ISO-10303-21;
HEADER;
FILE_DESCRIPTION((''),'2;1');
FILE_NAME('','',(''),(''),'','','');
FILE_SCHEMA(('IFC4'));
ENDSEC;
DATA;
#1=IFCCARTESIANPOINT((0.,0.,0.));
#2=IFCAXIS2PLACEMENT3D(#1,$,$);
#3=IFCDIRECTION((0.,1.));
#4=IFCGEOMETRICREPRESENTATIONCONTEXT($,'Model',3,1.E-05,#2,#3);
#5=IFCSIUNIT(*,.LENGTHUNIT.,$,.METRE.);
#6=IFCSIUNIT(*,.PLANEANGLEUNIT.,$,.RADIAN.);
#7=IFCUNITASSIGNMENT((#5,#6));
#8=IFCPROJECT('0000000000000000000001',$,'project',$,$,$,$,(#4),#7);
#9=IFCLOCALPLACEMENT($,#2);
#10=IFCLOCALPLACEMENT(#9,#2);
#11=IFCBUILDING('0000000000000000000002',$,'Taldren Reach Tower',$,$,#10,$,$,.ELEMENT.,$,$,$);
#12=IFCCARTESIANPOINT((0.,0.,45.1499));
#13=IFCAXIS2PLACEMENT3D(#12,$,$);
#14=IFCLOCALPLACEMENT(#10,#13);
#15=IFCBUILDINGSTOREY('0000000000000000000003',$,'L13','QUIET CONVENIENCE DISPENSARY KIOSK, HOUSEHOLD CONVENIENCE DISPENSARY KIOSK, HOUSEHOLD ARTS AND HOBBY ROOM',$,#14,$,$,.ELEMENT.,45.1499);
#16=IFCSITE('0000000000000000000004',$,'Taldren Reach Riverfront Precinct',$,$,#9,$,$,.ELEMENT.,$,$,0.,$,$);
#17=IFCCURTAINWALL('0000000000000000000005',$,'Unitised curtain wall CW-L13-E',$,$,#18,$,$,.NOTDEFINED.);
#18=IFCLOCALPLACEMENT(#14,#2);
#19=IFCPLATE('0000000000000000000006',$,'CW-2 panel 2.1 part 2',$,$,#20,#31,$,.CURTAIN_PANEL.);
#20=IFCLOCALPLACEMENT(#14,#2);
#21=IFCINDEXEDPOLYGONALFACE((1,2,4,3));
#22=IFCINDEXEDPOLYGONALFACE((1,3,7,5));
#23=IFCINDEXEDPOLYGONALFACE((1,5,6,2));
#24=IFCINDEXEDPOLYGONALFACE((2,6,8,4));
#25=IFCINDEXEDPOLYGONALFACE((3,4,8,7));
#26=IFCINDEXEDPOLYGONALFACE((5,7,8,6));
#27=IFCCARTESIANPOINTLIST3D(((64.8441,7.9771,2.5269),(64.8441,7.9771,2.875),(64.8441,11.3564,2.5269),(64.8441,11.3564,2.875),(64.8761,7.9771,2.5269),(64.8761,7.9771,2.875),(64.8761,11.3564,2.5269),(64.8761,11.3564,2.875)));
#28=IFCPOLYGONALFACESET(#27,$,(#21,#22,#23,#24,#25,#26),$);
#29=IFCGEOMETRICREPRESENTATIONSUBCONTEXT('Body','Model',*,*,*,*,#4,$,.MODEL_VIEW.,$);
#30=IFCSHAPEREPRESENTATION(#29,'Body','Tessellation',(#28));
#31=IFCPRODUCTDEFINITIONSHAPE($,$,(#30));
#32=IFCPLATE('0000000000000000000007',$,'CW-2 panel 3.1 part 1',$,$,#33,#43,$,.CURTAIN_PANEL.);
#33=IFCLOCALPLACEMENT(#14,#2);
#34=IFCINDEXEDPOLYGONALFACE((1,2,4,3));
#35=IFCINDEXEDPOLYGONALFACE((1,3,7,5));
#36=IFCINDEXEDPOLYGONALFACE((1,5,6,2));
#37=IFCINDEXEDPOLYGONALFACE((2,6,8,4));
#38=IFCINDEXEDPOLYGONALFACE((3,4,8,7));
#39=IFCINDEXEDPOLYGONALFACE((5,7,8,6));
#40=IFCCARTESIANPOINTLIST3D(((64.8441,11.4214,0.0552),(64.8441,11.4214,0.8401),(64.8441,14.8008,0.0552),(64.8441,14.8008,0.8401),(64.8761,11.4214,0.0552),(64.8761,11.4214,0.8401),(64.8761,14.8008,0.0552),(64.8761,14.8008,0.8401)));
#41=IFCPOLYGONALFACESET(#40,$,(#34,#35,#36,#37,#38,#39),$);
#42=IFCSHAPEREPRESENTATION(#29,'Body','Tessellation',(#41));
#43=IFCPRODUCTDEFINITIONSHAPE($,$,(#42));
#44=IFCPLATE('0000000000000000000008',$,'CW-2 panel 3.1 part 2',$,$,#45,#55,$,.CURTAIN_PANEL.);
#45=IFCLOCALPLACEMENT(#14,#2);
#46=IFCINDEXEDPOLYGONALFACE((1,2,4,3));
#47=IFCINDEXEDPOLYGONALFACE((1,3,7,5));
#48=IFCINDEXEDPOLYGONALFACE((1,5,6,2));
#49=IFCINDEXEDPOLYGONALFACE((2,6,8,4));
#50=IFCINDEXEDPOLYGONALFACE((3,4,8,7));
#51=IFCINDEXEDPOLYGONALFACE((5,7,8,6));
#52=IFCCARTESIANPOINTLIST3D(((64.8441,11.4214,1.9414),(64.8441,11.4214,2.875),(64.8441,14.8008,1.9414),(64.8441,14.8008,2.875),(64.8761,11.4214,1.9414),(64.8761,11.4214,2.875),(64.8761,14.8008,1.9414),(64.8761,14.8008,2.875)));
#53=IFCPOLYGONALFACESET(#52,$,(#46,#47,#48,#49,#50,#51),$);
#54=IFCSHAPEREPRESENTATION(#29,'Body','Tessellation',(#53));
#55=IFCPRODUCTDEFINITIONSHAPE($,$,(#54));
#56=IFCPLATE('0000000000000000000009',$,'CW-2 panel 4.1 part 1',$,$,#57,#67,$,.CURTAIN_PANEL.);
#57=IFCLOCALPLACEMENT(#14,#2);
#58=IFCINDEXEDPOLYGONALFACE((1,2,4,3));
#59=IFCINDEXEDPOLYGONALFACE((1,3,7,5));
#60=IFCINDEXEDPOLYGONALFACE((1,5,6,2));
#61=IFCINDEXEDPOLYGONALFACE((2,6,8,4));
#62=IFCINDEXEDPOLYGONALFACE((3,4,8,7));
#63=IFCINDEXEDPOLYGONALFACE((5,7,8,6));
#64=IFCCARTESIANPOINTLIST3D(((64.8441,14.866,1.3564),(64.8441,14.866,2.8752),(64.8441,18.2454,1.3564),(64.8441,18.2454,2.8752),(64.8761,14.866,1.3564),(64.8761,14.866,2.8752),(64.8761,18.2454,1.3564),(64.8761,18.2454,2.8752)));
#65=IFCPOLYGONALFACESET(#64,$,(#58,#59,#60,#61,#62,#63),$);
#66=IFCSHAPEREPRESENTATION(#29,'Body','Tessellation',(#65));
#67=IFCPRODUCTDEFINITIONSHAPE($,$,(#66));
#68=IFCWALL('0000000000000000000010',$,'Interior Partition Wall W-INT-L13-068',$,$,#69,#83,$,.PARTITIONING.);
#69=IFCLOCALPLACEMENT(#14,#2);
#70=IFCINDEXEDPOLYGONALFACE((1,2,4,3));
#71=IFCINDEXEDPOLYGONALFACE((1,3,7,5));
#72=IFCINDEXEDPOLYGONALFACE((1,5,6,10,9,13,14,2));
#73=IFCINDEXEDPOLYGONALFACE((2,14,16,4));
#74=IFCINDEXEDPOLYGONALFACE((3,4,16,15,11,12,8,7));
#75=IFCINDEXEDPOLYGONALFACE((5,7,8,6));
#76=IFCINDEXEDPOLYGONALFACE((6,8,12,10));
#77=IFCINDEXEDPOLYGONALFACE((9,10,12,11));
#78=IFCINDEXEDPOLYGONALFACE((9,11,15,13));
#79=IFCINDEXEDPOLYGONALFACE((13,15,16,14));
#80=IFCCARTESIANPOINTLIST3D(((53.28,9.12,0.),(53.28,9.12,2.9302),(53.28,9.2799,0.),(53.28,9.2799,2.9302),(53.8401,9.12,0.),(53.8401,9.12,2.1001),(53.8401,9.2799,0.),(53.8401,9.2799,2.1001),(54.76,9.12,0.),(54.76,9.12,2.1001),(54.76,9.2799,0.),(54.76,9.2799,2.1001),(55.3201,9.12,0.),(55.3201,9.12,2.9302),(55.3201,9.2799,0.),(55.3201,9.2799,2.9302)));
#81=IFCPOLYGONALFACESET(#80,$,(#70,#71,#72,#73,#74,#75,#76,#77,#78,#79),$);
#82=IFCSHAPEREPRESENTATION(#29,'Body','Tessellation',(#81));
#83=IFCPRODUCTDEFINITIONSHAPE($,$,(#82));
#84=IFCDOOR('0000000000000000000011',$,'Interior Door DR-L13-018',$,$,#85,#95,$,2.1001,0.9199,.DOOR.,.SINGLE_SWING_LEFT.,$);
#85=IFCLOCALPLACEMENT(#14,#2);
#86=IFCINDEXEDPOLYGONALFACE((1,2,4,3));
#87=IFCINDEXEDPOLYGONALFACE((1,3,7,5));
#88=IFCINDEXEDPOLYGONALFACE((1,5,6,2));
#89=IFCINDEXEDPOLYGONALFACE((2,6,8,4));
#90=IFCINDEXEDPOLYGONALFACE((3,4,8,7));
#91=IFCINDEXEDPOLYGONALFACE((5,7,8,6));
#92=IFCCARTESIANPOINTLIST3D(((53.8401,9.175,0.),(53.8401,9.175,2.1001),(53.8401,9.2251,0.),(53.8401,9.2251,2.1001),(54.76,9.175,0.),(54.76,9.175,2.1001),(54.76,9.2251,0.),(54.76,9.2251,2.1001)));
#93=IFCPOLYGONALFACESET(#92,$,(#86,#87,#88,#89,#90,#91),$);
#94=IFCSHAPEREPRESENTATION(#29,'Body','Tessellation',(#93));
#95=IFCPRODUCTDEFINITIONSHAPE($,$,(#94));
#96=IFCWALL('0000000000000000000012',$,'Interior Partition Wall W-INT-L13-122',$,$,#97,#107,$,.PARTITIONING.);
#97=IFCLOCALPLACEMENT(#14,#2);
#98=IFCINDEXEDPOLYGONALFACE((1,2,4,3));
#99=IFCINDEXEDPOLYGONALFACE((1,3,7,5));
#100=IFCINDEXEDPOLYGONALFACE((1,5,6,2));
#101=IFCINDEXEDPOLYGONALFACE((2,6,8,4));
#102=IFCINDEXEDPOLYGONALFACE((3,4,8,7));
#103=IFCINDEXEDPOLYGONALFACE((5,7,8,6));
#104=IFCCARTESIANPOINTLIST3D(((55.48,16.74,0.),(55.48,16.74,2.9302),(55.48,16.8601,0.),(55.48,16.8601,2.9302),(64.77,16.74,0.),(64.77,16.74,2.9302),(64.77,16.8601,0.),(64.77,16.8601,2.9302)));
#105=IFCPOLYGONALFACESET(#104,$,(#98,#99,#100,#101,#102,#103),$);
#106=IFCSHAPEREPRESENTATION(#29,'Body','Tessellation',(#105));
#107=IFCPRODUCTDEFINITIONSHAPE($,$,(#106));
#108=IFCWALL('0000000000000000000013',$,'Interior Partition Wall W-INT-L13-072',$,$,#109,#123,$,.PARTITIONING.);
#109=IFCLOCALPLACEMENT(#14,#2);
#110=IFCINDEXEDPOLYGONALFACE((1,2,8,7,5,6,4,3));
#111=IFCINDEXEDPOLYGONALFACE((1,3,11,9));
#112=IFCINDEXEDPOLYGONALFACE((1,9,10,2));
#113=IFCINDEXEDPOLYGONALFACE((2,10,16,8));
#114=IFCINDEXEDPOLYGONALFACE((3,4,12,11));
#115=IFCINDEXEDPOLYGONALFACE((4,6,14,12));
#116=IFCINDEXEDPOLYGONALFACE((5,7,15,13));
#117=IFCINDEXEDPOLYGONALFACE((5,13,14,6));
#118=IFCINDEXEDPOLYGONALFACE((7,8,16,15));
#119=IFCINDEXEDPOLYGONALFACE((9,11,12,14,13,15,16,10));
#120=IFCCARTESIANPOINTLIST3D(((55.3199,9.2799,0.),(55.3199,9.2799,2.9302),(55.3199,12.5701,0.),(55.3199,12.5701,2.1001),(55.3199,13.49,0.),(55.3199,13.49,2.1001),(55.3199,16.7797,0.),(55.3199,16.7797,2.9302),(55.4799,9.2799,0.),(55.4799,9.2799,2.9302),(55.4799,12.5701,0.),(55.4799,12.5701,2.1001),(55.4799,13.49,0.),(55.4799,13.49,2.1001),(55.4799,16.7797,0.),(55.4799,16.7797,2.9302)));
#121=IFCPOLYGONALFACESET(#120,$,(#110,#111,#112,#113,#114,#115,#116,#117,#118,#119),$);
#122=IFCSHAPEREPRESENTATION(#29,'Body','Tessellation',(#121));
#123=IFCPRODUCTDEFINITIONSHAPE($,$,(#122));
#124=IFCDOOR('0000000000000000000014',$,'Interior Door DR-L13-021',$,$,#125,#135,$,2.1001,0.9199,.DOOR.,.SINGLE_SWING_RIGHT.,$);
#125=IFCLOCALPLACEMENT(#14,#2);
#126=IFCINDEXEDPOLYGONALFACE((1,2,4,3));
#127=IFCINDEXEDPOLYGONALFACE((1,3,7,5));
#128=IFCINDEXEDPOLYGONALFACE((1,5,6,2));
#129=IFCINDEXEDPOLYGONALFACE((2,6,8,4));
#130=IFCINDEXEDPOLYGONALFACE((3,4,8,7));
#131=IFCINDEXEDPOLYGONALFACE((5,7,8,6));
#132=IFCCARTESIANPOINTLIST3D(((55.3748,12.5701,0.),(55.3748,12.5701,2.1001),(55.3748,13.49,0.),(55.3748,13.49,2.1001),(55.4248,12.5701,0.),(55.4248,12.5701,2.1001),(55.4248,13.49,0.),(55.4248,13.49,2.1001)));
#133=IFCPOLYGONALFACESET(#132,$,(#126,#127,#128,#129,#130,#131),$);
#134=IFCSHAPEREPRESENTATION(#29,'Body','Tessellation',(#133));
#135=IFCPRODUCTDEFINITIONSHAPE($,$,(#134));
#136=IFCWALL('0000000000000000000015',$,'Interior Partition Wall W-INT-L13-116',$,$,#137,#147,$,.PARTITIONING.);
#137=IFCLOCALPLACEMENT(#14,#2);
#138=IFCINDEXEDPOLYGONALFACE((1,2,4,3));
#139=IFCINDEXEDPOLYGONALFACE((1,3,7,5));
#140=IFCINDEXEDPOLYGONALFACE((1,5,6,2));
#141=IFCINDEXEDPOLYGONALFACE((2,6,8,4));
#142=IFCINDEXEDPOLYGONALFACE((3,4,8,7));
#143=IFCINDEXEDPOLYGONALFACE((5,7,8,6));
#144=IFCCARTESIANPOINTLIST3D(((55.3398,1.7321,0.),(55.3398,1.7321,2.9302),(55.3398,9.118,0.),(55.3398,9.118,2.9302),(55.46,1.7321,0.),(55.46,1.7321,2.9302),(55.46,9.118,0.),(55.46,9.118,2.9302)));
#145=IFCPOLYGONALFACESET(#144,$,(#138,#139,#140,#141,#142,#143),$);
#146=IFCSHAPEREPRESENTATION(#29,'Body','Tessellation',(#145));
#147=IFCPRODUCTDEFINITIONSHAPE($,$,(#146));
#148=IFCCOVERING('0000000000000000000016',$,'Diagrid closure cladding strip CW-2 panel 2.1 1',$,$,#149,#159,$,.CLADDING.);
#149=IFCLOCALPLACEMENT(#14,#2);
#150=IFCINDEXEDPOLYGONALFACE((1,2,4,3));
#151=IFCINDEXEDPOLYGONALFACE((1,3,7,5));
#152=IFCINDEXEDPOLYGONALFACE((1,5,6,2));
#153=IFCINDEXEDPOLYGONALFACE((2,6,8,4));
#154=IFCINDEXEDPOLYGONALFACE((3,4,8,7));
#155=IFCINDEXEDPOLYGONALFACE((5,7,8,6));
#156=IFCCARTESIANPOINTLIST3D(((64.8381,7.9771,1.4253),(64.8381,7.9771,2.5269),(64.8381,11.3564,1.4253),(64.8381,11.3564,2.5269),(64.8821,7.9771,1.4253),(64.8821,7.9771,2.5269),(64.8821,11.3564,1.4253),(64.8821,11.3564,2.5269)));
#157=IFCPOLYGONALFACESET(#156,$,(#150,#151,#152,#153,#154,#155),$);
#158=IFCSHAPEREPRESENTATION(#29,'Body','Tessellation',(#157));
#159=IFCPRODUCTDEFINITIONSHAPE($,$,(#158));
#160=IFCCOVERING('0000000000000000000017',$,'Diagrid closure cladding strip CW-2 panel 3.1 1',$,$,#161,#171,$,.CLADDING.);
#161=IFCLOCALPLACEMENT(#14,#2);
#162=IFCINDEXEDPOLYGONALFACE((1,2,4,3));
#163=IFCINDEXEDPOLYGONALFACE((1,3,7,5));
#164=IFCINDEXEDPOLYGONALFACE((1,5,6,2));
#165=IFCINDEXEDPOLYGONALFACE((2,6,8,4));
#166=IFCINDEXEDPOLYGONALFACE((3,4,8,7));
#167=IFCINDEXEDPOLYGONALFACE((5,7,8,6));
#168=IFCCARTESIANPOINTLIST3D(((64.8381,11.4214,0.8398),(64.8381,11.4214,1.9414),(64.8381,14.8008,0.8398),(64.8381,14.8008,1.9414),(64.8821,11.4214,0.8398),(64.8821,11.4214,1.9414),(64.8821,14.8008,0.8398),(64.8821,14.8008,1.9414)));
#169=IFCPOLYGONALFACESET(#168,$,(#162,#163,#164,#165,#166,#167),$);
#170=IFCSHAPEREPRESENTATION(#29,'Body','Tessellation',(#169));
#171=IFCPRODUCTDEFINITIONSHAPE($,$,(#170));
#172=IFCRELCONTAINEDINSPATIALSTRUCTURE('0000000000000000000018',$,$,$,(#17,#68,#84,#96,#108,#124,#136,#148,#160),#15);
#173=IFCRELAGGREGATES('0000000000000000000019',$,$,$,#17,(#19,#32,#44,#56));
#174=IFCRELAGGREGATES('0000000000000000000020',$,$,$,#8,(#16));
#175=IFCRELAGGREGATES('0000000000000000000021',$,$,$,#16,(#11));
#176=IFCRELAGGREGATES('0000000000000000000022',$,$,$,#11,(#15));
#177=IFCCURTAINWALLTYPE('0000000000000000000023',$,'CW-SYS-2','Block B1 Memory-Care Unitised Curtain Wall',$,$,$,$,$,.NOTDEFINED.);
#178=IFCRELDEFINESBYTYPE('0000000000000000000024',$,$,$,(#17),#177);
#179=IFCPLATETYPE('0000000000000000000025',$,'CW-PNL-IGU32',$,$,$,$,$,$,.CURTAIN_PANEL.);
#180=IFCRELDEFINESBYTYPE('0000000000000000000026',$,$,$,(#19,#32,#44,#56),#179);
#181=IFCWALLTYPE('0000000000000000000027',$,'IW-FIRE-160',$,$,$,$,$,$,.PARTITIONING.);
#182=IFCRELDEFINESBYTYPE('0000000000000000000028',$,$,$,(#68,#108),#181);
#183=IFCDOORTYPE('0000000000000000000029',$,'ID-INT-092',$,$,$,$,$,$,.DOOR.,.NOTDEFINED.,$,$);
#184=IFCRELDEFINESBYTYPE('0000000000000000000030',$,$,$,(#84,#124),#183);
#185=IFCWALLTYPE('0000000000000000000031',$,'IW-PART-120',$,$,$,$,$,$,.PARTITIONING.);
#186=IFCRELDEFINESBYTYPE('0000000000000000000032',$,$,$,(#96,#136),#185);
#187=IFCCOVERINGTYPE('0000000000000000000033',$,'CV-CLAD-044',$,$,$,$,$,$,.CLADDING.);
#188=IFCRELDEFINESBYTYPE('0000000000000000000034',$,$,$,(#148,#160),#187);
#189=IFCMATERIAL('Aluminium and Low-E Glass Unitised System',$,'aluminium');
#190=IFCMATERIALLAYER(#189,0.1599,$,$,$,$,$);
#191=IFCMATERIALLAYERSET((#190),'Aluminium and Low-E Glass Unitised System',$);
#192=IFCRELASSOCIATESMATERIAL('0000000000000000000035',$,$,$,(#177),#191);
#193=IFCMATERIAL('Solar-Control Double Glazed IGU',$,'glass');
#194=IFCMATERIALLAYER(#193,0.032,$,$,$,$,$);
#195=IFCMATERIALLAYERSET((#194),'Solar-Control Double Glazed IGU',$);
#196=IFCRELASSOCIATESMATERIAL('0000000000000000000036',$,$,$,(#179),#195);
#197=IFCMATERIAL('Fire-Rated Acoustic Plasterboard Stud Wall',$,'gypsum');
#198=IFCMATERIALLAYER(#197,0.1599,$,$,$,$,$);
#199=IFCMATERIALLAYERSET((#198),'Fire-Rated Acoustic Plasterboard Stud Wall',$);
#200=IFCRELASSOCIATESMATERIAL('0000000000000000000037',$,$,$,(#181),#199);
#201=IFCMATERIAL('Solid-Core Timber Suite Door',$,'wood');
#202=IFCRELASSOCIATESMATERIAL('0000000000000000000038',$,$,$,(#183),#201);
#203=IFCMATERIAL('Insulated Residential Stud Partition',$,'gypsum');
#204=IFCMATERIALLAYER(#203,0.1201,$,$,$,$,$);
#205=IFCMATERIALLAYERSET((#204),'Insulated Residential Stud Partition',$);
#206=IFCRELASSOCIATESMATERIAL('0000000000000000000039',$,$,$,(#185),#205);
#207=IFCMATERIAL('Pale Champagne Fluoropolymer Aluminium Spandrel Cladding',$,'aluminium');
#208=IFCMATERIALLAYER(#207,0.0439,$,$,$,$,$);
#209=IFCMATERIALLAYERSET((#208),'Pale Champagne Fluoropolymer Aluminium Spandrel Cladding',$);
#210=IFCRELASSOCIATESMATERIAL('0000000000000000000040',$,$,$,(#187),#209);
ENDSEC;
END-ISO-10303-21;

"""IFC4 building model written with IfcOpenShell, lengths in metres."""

from ifc_helpers import new_model, si_unit, direction, frame, frame_2d, origin, origin_2d, place, context, subcontext, project, spatial, rectangle, extrude, source, transform, mapped, material, layer, layer_set, type_object, element, fill, aggregate, save


model = new_model("IFC4")

# Units and contexts
model_context = context("Model", 3, precision=1e-05, world=origin(), true_north=direction((0.0, 1.0)))
body_context = subcontext(model_context, "Body", "Model", "MODEL_VIEW")
ifc_project = project(units=[si_unit("LENGTHUNIT", "METRE"), si_unit("PLANEANGLEUNIT", "RADIAN")], contexts=[model_context])

# Site, building, storey
site_placement = place(None, origin())
site = spatial("IfcSite", under=ifc_project, at=site_placement, Name="Taldren Reach Riverfront Precinct", CompositionType="ELEMENT", RefElevation=0.0)
building_placement = place(site_placement, origin())
building = spatial("IfcBuilding", under=site, at=building_placement, Name="Taldren Reach Tower", CompositionType="ELEMENT")
storey_placement = place(building_placement, frame((0.0, 0.0, 45.1499)))
storey = spatial("IfcBuildingStorey", under=building, at=storey_placement, Name="L13", Description="QUIET CONVENIENCE DISPENSARY KIOSK, HOUSEHOLD CONVENIENCE DISPENSARY KIOSK, HOUSEHOLD ARTS AND HOBBY ROOM", CompositionType="ELEMENT", Elevation=45.1499)

# Curtain wall, plates
ifc_material_1 = material(Name="Aluminium and Low-E Glass Unitised System", Category="aluminium")
ifc_layer_1 = layer(ifc_material_1, 0.1599)
ifc_layer_set_1 = layer_set([ifc_layer_1], Name="Aluminium and Low-E Glass Unitised System")
curtain_wall_type = type_object("IfcCurtainWallType", Name="CW-SYS-2", Description="Block B1 Memory-Care Unitised Curtain Wall", PredefinedType="NOTDEFINED", material=ifc_layer_set_1)
curtain_wall_placement = place(storey_placement, origin())
curtain_wall = element("IfcCurtainWall", 1, at=curtain_wall_placement, inside=storey, type_object=curtain_wall_type, Name="Unitised curtain wall CW-L13-E", PredefinedType="NOTDEFINED")
ifc_material_2 = material(Name="Solar-Control Double Glazed IGU", Category="glass")
ifc_layer_2 = layer(ifc_material_2, 0.032)
ifc_layer_set_2 = layer_set([ifc_layer_2], Name="Solar-Control Double Glazed IGU")
plate_type = type_object("IfcPlateType", Name="CW-PNL-IGU32", PredefinedType="CURTAIN_PANEL", material=ifc_layer_set_2)
shared_shape_1 = source(origin(), body_context, "Body", "SweptSolid", [
    extrude(rectangle(XDim=3.3794, YDim=0.032, at=origin_2d()), origin(), (0.0, 0.0, 1.0), 0.3481),
])
plate_1_placement = place(storey_placement, frame((64.8601, 9.6667, 2.5269), z_axis=(0.0, 0.0, 1.0), x_axis=(0.0, 1.0, 0.0)))
plate_1 = element("IfcPlate", 2, at=plate_1_placement, type_object=plate_type, Name="CW-2 panel 2.1 part 2", PredefinedType="CURTAIN_PANEL", context=body_context, shape_type="MappedRepresentation", body=[
    mapped(shared_shape_1, transform((0.0, 0.0, 0.0), scale=1.0)),
])
shared_shape_2 = source(origin(), body_context, "Body", "SweptSolid", [
    extrude(rectangle(XDim=3.3794, YDim=0.032, at=origin_2d()), origin(), (0.0, 0.0, 1.0), 0.7849),
])
plate_2_placement = place(storey_placement, frame((64.8601, 13.1111, 0.0552), z_axis=(0.0, 0.0, 1.0), x_axis=(0.0, 1.0, 0.0)))
plate_2 = element("IfcPlate", 3, at=plate_2_placement, type_object=plate_type, Name="CW-2 panel 3.1 part 1", PredefinedType="CURTAIN_PANEL", context=body_context, shape_type="MappedRepresentation", body=[
    mapped(shared_shape_2, transform((0.0, 0.0, 0.0), scale=1.0)),
])
shared_shape_3 = source(origin(), body_context, "Body", "SweptSolid", [
    extrude(rectangle(XDim=3.3794, YDim=0.032, at=origin_2d()), origin(), (0.0, 0.0, 1.0), 0.9336),
])
plate_3_placement = place(storey_placement, frame((64.8601, 13.1111, 1.9414), z_axis=(0.0, 0.0, 1.0), x_axis=(0.0, 1.0, 0.0)))
plate_3 = element("IfcPlate", 4, at=plate_3_placement, type_object=plate_type, Name="CW-2 panel 3.1 part 2", PredefinedType="CURTAIN_PANEL", context=body_context, shape_type="MappedRepresentation", body=[
    mapped(shared_shape_3, transform((0.0, 0.0, 0.0), scale=1.0)),
])
shared_shape_4 = source(origin(), body_context, "Body", "SweptSolid", [
    extrude(rectangle(XDim=3.3794, YDim=0.032, at=origin_2d()), origin(), (0.0, 0.0, 1.0), 1.5188),
])
plate_4_placement = place(storey_placement, frame((64.8601, 16.5557, 1.3564), z_axis=(0.0, 0.0, 1.0), x_axis=(0.0, 1.0, 0.0)))
plate_4 = element("IfcPlate", 5, at=plate_4_placement, type_object=plate_type, Name="CW-2 panel 4.1 part 1", PredefinedType="CURTAIN_PANEL", context=body_context, shape_type="MappedRepresentation", body=[
    mapped(shared_shape_4, transform((0.0, 0.0, 0.0), scale=1.0)),
])
aggregate(curtain_wall, [plate_1, plate_2, plate_3, plate_4])

# Wall, opening, door
ifc_material_3 = material(Name="Fire-Rated Acoustic Plasterboard Stud Wall", Category="gypsum")
ifc_layer_3 = layer(ifc_material_3, 0.1599)
ifc_layer_set_3 = layer_set([ifc_layer_3], Name="Fire-Rated Acoustic Plasterboard Stud Wall")
wall_type_1 = type_object("IfcWallType", Name="IW-FIRE-160", PredefinedType="PARTITIONING", material=ifc_layer_set_3)
shared_shape_5 = source(origin(), body_context, "Body", "SweptSolid", [
    extrude(rectangle(XDim=2.04, YDim=0.1599, at=frame_2d((1.02, 0.0))), origin(), (0.0, 0.0, 1.0), 2.9302),
])
wall_1_placement = place(storey_placement, frame((55.3201, 9.2, 0.0), z_axis=(0.0, 0.0, 1.0), x_axis=(-1.0, 0.0, 0.0)))
wall_1 = element("IfcWall", 6, at=wall_1_placement, inside=storey, type_object=wall_type_1, Name="Interior Partition Wall W-INT-L13-068", PredefinedType="PARTITIONING", context=body_context, shape_type="MappedRepresentation", body=[
    mapped(shared_shape_5, transform((0.0, 0.0, 0.0), scale=1.0)),
])
shared_shape_6 = source(origin(), body_context, "Body", "SweptSolid", [
    extrude(rectangle(XDim=0.9199, YDim=2.1001, at=frame_2d((0.46, 1.05))), frame((0.0, 0.0898, 0.0), z_axis=(0.0, -1.0, 0.0), x_axis=(1.0, 0.0, 0.0)), (0.0, 0.0, 1.0), 0.1799),
])
opening_1_placement = place(wall_1_placement, frame((0.5601, 0.0, 0.0)))
opening_1 = element("IfcOpeningElement", 7, at=opening_1_placement, cuts=wall_1, PredefinedType="OPENING", context=body_context, shape_type="MappedRepresentation", body=[
    mapped(shared_shape_6, transform((0.0, 0.0, 0.0), scale=1.0)),
])
ifc_material_4 = material(Name="Solid-Core Timber Suite Door", Category="wood")
door_type = type_object("IfcDoorType", Name="ID-INT-092", OperationType="NOTDEFINED", PredefinedType="DOOR", material=ifc_material_4)
shared_shape_7 = source(origin(), body_context, "Body", "SweptSolid", [
    extrude(rectangle(XDim=0.9199, YDim=2.1001, at=frame_2d((0.46, 1.05))), frame((0.0, 0.0249, 0.0), z_axis=(0.0, -1.0, 0.0), x_axis=(1.0, 0.0, 0.0)), (0.0, 0.0, 1.0), 0.05),
])
door_1_placement = place(opening_1_placement, origin())
door_1 = element("IfcDoor", 8, at=door_1_placement, inside=storey, type_object=door_type, Name="Interior Door DR-L13-018", OperationType="SINGLE_SWING_LEFT", OverallHeight=2.1001, OverallWidth=0.9199, PredefinedType="DOOR", context=body_context, shape_type="MappedRepresentation", body=[
    mapped(shared_shape_7, transform((0.0, 0.0, 0.0), scale=1.0)),
])
fill(opening_1, door_1)

# Wall
ifc_material_5 = material(Name="Insulated Residential Stud Partition", Category="gypsum")
ifc_layer_4 = layer(ifc_material_5, 0.1201)
ifc_layer_set_4 = layer_set([ifc_layer_4], Name="Insulated Residential Stud Partition")
wall_type_2 = type_object("IfcWallType", Name="IW-PART-120", PredefinedType="PARTITIONING", material=ifc_layer_set_4)
shared_shape_8 = source(origin(), body_context, "Body", "SweptSolid", [
    extrude(rectangle(XDim=9.29, YDim=0.1201, at=frame_2d((4.645, 0.0))), origin(), (0.0, 0.0, 1.0), 2.9302),
])
wall_2_placement = place(storey_placement, frame((55.48, 16.8, 0.0), z_axis=(0.0, 0.0, 1.0), x_axis=(1.0, 0.0, 0.0)))
element("IfcWall", 9, at=wall_2_placement, inside=storey, type_object=wall_type_2, Name="Interior Partition Wall W-INT-L13-122", PredefinedType="PARTITIONING", context=body_context, shape_type="MappedRepresentation", body=[
    mapped(shared_shape_8, transform((0.0, 0.0, 0.0), scale=1.0)),
])

# Wall, opening, door
shared_shape_9 = source(origin(), body_context, "Body", "SweptSolid", [
    extrude(rectangle(XDim=7.4998, YDim=0.1599, at=frame_2d((3.75, 0.0))), origin(), (0.0, 0.0, 1.0), 2.9302),
])
wall_3_placement = place(storey_placement, frame((55.3999, 16.7798, 0.0), z_axis=(0.0, 0.0, 1.0), x_axis=(0.0, -1.0, 0.0)))
wall_3 = element("IfcWall", 10, at=wall_3_placement, inside=storey, type_object=wall_type_1, Name="Interior Partition Wall W-INT-L13-072", PredefinedType="PARTITIONING", context=body_context, shape_type="MappedRepresentation", body=[
    mapped(shared_shape_9, transform((0.0, 0.0, 0.0), scale=1.0)),
])
opening_2_placement = place(wall_3_placement, frame((3.2898, 0.0, 0.0)))
opening_2 = element("IfcOpeningElement", 11, at=opening_2_placement, cuts=wall_3, PredefinedType="OPENING", context=body_context, shape_type="MappedRepresentation", body=[
    mapped(shared_shape_6, transform((0.0, 0.0, 0.0), scale=1.0)),
])
door_2_placement = place(opening_2_placement, origin())
door_2 = element("IfcDoor", 12, at=door_2_placement, inside=storey, type_object=door_type, Name="Interior Door DR-L13-021", OperationType="SINGLE_SWING_RIGHT", OverallHeight=2.1001, OverallWidth=0.9199, PredefinedType="DOOR", context=body_context, shape_type="MappedRepresentation", body=[
    mapped(shared_shape_7, transform((0.0, 0.0, 0.0), scale=1.0)),
])
fill(opening_2, door_2)

# Wall
shared_shape_10 = source(origin(), body_context, "Body", "SweptSolid", [
    extrude(rectangle(XDim=7.386, YDim=0.1201, at=frame_2d((3.6929, 0.0))), origin(), (0.0, 0.0, 1.0), 2.9302),
])
wall_4_placement = place(storey_placement, frame((55.3999, 9.1179, 0.0), z_axis=(0.0, 0.0, 1.0), x_axis=(0.0, -1.0, 0.0)))
element("IfcWall", 13, at=wall_4_placement, inside=storey, type_object=wall_type_2, Name="Interior Partition Wall W-INT-L13-116", PredefinedType="PARTITIONING", context=body_context, shape_type="MappedRepresentation", body=[
    mapped(shared_shape_10, transform((0.0, 0.0, 0.0), scale=1.0)),
])

# Coverings
ifc_material_6 = material(Name="Pale Champagne Fluoropolymer Aluminium Spandrel Cladding", Category="aluminium")
ifc_layer_5 = layer(ifc_material_6, 0.0439)
ifc_layer_set_5 = layer_set([ifc_layer_5], Name="Pale Champagne Fluoropolymer Aluminium Spandrel Cladding")
covering_type = type_object("IfcCoveringType", Name="CV-CLAD-044", PredefinedType="CLADDING", material=ifc_layer_set_5)
shared_shape_11 = source(origin(), body_context, "Body", "SweptSolid", [
    extrude(rectangle(XDim=3.3794, YDim=0.0439, at=origin_2d()), origin(), (0.0, 0.0, 1.0), 1.1016),
])
for number, where, z_axis, x_axis, name in (
    (14, (64.8601, 9.6667, 1.4253), (0.0, 0.0, 1.0), (0.0, 1.0, 0.0), "Diagrid closure cladding strip CW-2 panel 2.1 1"),
    (15, (64.8601, 13.1111, 0.8398), (0.0, 0.0, 1.0), (0.0, 1.0, 0.0), "Diagrid closure cladding strip CW-2 panel 3.1 1"),
):
    element("IfcCovering", number, at=place(storey_placement, frame(where, z_axis=z_axis, x_axis=x_axis)), inside=storey, type_object=covering_type, Name=name, PredefinedType="CLADDING", context=body_context, shape_type="MappedRepresentation", body=[
        mapped(shared_shape_11, transform((0.0, 0.0, 0.0), scale=1.0)),
    ])

save(model, "model.ifc")
